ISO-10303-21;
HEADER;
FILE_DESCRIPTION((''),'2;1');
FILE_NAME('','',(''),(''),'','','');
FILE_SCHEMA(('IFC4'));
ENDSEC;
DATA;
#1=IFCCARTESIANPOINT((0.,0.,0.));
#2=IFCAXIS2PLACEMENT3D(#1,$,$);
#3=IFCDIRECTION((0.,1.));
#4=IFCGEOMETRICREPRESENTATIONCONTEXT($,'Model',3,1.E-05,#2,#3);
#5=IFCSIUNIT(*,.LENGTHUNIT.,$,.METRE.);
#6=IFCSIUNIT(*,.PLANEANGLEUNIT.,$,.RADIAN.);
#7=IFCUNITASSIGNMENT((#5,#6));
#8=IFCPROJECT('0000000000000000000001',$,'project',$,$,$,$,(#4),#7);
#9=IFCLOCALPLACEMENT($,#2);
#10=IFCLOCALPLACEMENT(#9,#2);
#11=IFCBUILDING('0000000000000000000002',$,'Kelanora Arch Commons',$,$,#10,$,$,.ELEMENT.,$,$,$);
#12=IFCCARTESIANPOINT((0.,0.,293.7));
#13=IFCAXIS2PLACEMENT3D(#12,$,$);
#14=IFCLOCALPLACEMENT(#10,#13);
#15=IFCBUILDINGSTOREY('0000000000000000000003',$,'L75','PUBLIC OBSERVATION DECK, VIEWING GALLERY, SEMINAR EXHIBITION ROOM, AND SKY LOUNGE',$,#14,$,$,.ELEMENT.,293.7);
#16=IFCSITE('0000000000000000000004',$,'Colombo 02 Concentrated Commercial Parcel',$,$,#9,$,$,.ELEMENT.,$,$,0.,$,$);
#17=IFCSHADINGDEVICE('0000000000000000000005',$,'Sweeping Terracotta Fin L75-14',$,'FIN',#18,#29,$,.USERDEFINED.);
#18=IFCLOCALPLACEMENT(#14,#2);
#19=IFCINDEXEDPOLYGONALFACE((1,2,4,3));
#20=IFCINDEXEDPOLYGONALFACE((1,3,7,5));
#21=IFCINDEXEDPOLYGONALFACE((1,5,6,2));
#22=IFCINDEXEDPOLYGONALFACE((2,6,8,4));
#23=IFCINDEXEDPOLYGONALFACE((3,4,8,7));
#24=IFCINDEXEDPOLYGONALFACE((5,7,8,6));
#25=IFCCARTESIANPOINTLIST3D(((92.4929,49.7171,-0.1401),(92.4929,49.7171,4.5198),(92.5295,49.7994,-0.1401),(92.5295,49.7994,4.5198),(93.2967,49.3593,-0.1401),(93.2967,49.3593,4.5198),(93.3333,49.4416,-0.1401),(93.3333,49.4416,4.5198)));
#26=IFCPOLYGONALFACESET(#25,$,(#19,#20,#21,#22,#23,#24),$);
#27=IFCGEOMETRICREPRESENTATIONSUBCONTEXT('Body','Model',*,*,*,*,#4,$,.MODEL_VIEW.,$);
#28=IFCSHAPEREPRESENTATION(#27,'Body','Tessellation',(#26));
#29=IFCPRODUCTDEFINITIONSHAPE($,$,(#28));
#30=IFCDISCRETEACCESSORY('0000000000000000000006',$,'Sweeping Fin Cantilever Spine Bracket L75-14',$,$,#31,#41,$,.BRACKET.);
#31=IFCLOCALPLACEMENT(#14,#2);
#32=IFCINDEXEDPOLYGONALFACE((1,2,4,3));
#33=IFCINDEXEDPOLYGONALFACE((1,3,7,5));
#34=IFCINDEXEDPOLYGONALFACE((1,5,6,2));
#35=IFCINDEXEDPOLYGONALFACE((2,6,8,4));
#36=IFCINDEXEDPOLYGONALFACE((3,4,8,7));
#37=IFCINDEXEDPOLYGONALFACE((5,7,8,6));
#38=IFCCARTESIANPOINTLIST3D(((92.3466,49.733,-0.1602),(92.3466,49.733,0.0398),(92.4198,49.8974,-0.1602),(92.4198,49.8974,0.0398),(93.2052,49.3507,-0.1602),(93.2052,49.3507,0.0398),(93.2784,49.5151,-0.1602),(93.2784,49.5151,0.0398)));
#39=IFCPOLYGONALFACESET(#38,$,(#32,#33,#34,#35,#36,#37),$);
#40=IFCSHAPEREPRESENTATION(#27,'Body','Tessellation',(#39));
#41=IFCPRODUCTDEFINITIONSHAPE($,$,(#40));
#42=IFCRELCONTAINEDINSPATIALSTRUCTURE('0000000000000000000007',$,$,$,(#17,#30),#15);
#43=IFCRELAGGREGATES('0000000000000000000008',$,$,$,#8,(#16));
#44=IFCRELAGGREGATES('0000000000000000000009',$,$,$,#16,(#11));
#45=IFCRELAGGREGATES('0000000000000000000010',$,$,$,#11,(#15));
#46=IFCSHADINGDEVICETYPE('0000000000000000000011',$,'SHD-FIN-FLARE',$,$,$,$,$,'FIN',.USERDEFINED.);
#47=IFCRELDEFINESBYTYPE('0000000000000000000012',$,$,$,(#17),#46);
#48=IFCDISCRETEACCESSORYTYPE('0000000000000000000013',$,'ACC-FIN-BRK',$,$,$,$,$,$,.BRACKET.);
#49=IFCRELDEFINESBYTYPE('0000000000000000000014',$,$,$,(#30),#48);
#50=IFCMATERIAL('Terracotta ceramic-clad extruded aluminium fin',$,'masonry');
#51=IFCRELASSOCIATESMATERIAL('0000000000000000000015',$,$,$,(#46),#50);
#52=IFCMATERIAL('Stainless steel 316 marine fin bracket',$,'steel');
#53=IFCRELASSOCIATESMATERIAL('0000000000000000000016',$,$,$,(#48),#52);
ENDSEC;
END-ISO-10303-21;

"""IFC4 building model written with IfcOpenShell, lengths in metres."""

from ifc_helpers import new_model, si_unit, direction, frame, origin, origin_2d, place, context, subcontext, project, spatial, rectangle, extrude, source, transform, mapped, material, type_object, element, save


model = new_model("IFC4")

# Units and contexts
model_context = context("Model", 3, precision=1e-05, world=origin(), true_north=direction((0.0, 1.0)))
body_context = subcontext(model_context, "Body", "Model", "MODEL_VIEW")
ifc_project = project(units=[si_unit("LENGTHUNIT", "METRE"), si_unit("PLANEANGLEUNIT", "RADIAN")], contexts=[model_context])

# Site, building, storey
site_placement = place(None, origin())
site = spatial("IfcSite", under=ifc_project, at=site_placement, Name="Colombo 02 Concentrated Commercial Parcel", CompositionType="ELEMENT", RefElevation=0.0)
building_placement = place(site_placement, origin())
building = spatial("IfcBuilding", under=site, at=building_placement, Name="Kelanora Arch Commons", CompositionType="ELEMENT")
storey_placement = place(building_placement, frame((0.0, 0.0, 293.7)))
storey = spatial("IfcBuildingStorey", under=building, at=storey_placement, Name="L75", Description="PUBLIC OBSERVATION DECK, VIEWING GALLERY, SEMINAR EXHIBITION ROOM, AND SKY LOUNGE", CompositionType="ELEMENT", Elevation=293.7)

# Shading device
ifc_material_1 = material(Name="Terracotta ceramic-clad extruded aluminium fin", Category="masonry")
shading_device_type = type_object("IfcShadingDeviceType", Name="SHD-FIN-FLARE", ElementType="FIN", PredefinedType="USERDEFINED", material=ifc_material_1)
shared_shape_1 = source(origin(), body_context, "Body", "SweptSolid", [
    extrude(rectangle(XDim=0.8799, YDim=0.0901, at=origin_2d()), origin(), (0.0, 0.0, 1.0), 4.6599),
])
shading_device_placement = place(storey_placement, frame((92.9131, 49.5793, -0.1401), z_axis=(0.0, 0.0, 1.0), x_axis=(0.913545, -0.406737, 0.0)))
element("IfcShadingDevice", 1, at=shading_device_placement, inside=storey, type_object=shading_device_type, Name="Sweeping Terracotta Fin L75-14", ObjectType="FIN", PredefinedType="USERDEFINED", context=body_context, shape_type="MappedRepresentation", body=[
    mapped(shared_shape_1, transform((0.0, 0.0, 0.0), scale=1.0)),
])

# Discrete accessory
ifc_material_2 = material(Name="Stainless steel 316 marine fin bracket", Category="steel")
discrete_accessory_type = type_object("IfcDiscreteAccessoryType", Name="ACC-FIN-BRK", PredefinedType="BRACKET", material=ifc_material_2)
shared_shape_2 = source(origin(), body_context, "Body", "SweptSolid", [
    extrude(rectangle(XDim=0.9399, YDim=0.1799, at=origin_2d()), origin(), (0.0, 0.0, 1.0), 0.2),
])
discrete_accessory_placement = place(storey_placement, frame((92.8125, 49.624, -0.1602), z_axis=(0.0, 0.0, 1.0), x_axis=(0.913545, -0.406737, 0.0)))
element("IfcDiscreteAccessory", 2, at=discrete_accessory_placement, inside=storey, type_object=discrete_accessory_type, Name="Sweeping Fin Cantilever Spine Bracket L75-14", PredefinedType="BRACKET", context=body_context, shape_type="MappedRepresentation", body=[
    mapped(shared_shape_2, transform((0.0, 0.0, 0.0), scale=1.0)),
])

save(model, "model.ifc")
